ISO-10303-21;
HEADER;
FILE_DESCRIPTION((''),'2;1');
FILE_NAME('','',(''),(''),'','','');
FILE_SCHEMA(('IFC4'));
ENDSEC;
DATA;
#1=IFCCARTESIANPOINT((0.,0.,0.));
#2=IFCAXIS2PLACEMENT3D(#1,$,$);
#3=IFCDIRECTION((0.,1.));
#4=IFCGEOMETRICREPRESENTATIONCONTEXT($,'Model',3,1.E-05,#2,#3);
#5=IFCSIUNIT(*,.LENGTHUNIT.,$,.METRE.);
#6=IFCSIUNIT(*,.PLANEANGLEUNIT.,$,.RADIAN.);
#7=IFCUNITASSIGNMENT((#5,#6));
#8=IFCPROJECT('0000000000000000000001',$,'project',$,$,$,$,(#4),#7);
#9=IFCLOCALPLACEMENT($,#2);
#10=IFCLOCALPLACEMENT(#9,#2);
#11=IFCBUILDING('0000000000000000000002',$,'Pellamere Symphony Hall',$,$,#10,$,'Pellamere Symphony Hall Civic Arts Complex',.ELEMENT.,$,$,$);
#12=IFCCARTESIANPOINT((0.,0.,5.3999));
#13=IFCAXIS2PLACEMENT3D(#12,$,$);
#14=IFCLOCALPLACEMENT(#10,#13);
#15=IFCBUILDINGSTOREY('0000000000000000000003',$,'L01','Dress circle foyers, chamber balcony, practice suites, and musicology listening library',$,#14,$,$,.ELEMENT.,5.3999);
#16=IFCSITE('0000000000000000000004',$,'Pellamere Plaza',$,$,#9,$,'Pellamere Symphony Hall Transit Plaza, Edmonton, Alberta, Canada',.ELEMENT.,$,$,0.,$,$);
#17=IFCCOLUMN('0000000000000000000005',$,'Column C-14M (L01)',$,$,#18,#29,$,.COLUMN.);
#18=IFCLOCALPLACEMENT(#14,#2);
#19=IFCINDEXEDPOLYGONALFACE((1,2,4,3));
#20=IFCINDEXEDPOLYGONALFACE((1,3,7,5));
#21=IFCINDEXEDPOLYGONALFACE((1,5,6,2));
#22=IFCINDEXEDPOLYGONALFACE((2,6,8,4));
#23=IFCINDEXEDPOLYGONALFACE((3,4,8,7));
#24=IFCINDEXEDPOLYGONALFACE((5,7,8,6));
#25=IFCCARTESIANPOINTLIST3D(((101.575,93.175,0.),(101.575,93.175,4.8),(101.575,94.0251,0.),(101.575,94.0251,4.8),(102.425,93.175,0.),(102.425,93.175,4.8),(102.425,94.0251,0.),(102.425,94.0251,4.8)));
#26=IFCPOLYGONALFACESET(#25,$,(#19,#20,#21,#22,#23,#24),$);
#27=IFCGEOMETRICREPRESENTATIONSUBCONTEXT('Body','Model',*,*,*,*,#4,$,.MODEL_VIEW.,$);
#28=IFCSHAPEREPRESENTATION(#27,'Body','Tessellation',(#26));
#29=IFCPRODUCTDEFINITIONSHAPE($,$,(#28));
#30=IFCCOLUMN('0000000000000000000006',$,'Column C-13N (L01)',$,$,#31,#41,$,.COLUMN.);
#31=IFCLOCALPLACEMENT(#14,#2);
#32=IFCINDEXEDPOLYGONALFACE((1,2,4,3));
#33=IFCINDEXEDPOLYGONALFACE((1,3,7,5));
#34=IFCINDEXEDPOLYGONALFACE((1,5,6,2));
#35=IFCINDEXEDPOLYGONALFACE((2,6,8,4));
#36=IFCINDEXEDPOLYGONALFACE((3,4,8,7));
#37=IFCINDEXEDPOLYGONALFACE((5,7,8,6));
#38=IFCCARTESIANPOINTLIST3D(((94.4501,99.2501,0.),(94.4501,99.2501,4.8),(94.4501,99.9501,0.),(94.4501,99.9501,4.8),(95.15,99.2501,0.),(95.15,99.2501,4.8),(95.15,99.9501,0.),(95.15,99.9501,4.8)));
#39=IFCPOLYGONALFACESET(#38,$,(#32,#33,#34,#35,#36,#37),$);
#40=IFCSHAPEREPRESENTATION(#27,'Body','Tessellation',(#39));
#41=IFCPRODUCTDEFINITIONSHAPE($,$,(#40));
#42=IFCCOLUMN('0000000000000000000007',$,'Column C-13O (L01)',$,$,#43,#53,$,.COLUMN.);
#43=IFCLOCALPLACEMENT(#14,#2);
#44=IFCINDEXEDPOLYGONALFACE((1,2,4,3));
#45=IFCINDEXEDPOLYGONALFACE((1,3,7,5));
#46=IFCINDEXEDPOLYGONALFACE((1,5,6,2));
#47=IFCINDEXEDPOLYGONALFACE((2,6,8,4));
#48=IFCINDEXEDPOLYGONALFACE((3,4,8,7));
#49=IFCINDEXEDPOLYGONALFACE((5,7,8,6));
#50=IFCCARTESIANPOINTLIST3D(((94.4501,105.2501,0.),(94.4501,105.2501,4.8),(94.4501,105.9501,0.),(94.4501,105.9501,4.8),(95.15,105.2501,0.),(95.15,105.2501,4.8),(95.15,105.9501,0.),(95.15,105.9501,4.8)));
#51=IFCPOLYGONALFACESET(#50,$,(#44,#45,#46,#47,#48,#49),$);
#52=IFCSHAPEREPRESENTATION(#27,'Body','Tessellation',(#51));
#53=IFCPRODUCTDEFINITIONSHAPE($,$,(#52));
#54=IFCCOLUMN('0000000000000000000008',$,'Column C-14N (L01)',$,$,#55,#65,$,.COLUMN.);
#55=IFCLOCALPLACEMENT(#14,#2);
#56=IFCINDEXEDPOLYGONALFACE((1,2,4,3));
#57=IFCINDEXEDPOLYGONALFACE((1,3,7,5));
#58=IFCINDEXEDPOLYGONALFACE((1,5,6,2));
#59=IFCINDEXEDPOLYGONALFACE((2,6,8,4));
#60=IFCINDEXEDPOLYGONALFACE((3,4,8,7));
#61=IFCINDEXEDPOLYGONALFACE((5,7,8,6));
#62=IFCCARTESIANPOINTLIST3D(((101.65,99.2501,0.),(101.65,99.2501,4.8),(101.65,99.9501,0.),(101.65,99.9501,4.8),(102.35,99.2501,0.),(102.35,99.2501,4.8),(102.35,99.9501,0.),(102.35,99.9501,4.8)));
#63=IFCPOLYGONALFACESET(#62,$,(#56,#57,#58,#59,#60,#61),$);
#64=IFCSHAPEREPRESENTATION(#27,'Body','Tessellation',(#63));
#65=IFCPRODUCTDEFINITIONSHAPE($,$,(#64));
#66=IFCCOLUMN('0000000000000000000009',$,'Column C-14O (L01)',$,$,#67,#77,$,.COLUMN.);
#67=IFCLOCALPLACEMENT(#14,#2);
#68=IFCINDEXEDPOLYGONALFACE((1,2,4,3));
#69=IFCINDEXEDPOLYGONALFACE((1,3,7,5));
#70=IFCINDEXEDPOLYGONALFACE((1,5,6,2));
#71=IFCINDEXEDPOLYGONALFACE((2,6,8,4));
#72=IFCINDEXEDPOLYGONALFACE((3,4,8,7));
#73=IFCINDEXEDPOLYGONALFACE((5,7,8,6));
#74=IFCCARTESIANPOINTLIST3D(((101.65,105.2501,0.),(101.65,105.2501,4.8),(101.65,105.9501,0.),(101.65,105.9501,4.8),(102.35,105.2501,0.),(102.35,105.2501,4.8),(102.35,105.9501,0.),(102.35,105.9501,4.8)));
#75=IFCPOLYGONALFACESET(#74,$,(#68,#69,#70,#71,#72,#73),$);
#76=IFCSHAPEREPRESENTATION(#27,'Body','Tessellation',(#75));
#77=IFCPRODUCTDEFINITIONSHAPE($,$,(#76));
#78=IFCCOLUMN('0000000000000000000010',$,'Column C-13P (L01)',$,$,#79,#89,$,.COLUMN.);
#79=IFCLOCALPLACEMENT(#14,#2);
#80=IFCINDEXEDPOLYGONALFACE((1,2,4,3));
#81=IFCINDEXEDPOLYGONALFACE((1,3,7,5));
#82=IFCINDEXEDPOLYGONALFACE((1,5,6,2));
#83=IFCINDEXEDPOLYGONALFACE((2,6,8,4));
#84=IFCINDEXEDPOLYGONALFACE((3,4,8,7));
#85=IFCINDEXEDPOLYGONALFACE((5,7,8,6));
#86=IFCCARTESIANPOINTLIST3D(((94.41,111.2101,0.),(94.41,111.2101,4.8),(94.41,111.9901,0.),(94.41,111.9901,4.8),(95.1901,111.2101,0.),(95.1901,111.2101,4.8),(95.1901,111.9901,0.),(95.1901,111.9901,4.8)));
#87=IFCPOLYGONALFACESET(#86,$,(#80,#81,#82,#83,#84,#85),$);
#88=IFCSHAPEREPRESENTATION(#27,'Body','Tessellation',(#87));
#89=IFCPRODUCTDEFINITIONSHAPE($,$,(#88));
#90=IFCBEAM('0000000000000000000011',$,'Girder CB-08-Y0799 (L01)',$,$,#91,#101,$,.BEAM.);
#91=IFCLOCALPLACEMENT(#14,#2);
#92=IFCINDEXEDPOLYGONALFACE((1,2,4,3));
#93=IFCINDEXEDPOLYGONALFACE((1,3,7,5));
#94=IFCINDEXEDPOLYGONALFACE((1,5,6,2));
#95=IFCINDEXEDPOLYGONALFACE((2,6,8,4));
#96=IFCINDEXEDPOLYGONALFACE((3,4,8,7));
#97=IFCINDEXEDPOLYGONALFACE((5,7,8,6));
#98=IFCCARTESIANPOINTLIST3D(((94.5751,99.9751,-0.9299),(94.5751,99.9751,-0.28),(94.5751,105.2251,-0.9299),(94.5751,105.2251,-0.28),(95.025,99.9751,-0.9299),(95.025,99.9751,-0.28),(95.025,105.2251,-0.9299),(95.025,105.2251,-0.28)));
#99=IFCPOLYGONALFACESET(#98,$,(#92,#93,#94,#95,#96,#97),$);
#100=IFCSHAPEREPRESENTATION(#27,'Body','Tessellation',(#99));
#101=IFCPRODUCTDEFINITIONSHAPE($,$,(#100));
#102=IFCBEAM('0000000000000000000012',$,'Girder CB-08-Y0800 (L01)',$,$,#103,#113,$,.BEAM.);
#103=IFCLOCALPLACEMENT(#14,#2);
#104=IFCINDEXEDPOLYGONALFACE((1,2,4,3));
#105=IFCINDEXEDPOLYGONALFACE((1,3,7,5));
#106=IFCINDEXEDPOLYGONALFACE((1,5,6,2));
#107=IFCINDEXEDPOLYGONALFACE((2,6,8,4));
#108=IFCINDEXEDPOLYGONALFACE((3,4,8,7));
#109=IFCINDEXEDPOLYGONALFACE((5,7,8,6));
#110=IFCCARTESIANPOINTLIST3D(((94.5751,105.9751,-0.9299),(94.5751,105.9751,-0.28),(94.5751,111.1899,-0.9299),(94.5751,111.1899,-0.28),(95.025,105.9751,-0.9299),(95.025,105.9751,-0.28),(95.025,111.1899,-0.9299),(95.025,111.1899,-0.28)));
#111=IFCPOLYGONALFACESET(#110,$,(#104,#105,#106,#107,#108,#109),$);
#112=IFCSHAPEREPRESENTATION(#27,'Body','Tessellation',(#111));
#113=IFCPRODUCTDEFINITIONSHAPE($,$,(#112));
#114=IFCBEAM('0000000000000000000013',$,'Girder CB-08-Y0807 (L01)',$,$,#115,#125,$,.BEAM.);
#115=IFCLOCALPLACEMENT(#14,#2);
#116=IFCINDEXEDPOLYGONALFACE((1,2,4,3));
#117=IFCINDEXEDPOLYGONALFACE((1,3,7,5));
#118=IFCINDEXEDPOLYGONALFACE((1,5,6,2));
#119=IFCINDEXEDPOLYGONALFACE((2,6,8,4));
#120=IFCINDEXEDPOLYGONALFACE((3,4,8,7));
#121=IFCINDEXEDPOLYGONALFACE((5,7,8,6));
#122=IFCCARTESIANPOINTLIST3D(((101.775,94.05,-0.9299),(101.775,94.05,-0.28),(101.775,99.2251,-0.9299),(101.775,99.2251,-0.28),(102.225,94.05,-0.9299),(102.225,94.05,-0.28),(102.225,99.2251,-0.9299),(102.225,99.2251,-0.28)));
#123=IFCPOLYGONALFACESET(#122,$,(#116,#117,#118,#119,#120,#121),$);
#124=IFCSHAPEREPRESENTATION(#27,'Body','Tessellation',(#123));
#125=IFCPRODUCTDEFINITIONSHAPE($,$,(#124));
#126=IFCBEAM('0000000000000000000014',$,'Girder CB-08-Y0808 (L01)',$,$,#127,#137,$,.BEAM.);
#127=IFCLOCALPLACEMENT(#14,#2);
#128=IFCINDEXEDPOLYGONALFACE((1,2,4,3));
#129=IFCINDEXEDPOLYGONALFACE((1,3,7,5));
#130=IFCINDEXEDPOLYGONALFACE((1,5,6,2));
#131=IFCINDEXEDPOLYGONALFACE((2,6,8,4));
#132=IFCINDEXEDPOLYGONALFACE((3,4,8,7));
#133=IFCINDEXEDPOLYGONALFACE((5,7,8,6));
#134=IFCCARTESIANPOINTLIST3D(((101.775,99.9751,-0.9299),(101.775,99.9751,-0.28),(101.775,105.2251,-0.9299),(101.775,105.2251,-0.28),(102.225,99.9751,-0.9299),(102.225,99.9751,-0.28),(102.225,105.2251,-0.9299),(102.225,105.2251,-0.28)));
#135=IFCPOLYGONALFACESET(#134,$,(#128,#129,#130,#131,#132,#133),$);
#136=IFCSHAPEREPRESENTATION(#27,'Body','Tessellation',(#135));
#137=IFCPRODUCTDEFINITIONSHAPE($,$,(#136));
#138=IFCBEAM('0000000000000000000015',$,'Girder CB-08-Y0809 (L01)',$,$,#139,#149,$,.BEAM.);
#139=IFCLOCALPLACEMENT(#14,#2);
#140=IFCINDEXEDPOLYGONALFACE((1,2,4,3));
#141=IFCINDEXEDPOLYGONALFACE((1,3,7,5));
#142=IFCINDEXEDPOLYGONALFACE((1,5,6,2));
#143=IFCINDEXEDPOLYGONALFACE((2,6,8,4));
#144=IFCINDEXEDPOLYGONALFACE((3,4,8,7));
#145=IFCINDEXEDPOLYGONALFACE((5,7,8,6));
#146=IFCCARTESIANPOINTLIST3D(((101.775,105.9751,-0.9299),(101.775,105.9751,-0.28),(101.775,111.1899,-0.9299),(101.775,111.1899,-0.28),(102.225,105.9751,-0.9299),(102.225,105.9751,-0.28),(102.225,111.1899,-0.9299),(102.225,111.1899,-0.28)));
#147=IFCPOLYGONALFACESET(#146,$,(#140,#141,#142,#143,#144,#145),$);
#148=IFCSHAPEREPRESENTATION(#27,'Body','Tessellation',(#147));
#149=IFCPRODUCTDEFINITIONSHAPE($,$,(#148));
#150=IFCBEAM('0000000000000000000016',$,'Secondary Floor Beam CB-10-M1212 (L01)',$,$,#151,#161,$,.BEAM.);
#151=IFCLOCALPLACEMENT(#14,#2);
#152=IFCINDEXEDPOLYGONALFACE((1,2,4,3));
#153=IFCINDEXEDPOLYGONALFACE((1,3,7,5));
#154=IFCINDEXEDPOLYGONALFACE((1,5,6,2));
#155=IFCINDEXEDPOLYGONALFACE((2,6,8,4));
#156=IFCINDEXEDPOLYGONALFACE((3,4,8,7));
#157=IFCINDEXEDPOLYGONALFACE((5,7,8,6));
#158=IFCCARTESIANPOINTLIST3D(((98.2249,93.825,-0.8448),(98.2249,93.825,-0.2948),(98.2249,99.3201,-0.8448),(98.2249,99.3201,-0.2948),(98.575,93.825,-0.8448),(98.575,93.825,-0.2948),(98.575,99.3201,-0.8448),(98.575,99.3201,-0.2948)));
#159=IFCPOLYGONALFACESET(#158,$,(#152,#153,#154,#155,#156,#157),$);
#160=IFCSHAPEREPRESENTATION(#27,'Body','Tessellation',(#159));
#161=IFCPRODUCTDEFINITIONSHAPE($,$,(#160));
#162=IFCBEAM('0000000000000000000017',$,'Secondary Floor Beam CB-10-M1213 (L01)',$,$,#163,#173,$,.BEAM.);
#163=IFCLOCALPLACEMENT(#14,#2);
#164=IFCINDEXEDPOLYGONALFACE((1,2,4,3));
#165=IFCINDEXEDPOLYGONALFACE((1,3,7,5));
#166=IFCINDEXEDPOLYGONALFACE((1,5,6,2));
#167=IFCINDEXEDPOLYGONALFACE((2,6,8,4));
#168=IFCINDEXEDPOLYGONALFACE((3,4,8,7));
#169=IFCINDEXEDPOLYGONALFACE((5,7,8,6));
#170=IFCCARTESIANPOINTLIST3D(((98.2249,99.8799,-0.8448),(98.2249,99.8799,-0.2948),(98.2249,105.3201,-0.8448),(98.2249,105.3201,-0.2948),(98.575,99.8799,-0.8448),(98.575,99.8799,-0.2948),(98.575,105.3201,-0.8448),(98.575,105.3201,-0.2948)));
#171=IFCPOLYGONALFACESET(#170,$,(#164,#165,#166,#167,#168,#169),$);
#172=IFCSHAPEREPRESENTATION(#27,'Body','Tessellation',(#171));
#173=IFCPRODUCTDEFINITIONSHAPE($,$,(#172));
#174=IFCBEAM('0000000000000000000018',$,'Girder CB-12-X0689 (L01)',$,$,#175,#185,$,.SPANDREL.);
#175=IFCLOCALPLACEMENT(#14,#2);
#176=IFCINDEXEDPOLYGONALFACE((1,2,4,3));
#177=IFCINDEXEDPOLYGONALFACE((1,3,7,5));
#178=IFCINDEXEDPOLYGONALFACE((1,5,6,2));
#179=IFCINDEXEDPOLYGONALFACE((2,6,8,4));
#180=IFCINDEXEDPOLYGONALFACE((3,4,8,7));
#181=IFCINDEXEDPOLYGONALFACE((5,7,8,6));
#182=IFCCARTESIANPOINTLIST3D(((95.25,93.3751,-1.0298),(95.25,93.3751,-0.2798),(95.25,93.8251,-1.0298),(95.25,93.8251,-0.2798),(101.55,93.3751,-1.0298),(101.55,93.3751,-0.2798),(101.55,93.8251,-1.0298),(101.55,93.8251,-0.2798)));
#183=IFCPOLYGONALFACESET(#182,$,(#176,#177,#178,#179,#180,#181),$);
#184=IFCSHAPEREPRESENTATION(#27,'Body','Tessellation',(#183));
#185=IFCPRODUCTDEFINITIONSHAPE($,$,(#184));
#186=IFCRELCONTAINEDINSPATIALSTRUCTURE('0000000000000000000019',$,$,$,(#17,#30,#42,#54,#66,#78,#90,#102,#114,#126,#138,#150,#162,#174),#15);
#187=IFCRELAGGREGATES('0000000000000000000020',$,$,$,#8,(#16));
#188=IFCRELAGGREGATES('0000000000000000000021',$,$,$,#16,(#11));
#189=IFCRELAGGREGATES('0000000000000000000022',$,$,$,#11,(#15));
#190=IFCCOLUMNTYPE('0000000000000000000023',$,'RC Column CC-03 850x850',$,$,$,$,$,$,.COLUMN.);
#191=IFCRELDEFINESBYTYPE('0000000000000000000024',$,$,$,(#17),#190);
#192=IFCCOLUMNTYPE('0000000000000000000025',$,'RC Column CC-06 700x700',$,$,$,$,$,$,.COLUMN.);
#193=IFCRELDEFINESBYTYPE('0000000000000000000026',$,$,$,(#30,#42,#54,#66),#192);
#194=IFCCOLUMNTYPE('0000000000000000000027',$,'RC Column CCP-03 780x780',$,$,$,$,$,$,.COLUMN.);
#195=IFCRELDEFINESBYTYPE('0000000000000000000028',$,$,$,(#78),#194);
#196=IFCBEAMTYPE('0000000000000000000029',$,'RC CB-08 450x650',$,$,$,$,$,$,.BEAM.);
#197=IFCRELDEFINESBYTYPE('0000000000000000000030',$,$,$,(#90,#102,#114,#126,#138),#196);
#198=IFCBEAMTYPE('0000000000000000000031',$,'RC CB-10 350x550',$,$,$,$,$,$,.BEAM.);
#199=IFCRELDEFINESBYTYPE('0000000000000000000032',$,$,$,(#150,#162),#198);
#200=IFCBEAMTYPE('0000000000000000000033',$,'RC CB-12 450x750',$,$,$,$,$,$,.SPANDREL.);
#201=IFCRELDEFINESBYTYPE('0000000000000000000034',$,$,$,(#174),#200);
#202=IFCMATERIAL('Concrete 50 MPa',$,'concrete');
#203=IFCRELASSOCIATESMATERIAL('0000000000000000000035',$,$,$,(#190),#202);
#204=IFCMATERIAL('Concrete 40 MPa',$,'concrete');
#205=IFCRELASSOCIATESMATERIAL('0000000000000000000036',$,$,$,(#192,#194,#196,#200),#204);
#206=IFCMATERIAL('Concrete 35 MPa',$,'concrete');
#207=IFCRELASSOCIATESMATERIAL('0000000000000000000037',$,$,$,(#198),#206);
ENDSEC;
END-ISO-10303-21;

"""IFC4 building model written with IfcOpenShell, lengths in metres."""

from ifc_helpers import new_model, si_unit, direction, frame, origin, origin_2d, place, context, subcontext, project, spatial, rectangle, extrude, material, material_profile, profile_set, type_object, element, save


model = new_model("IFC4")

# Units and contexts
model_context = context("Model", 3, precision=1e-05, world=origin(), true_north=direction((0.0, 1.0)))
body_context = subcontext(model_context, "Body", "Model", "MODEL_VIEW")
ifc_project = project(units=[si_unit("LENGTHUNIT", "METRE"), si_unit("PLANEANGLEUNIT", "RADIAN")], contexts=[model_context])

# Site, building, storey
site_placement = place(None, origin())
site = spatial("IfcSite", under=ifc_project, at=site_placement, Name="Pellamere Plaza", LongName="Pellamere Symphony Hall Transit Plaza, Edmonton, Alberta, Canada", CompositionType="ELEMENT", RefElevation=0.0)
building_placement = place(site_placement, origin())
building = spatial("IfcBuilding", under=site, at=building_placement, Name="Pellamere Symphony Hall", LongName="Pellamere Symphony Hall Civic Arts Complex", CompositionType="ELEMENT")
storey_placement = place(building_placement, frame((0.0, 0.0, 5.3999)))
storey = spatial("IfcBuildingStorey", under=building, at=storey_placement, Name="L01", Description="Dress circle foyers, chamber balcony, practice suites, and musicology listening library", CompositionType="ELEMENT", Elevation=5.3999)

# Columns
ifc_material_1 = material(Name="Concrete 50 MPa", Category="concrete")
ifc_material_profile_1 = material_profile(ifc_material_1, rectangle(XDim=0.8501, YDim=0.8501, at=origin_2d()), Name="RC 850x850")
ifc_profile_set_1 = profile_set([ifc_material_profile_1], Name="Concrete 50 MPa")
column_type_1 = type_object("IfcColumnType", Name="RC Column CC-03 850x850", PredefinedType="COLUMN", material=ifc_profile_set_1)
column_1_placement = place(storey_placement, frame((102.0, 93.6001, 0.0), z_axis=(0.0, 0.0, 1.0), x_axis=(1.0, 0.0, 0.0)))
element("IfcColumn", 1, at=column_1_placement, inside=storey, type_object=column_type_1, Name="Column C-14M (L01)", PredefinedType="COLUMN", context=body_context, shape_type="SweptSolid", body=[
    extrude(rectangle(XDim=0.8501, YDim=0.8501, at=origin_2d()), origin(), (0.0, 0.0, 1.0), 4.8),
])
ifc_material_2 = material(Name="Concrete 40 MPa", Category="concrete")
ifc_material_profile_2 = material_profile(ifc_material_2, rectangle(XDim=0.7, YDim=0.7, at=origin_2d()), Name="RC 700x700")
ifc_profile_set_2 = profile_set([ifc_material_profile_2], Name="Concrete 40 MPa")
column_type_2 = type_object("IfcColumnType", Name="RC Column CC-06 700x700", PredefinedType="COLUMN", material=ifc_profile_set_2)
for number, where, z_axis, x_axis, name in (
    (2, (94.8, 99.6001, 0.0), (0.0, 0.0, 1.0), (1.0, 0.0, 0.0), "Column C-13N (L01)"),
    (3, (94.8, 105.6001, 0.0), (0.0, 0.0, 1.0), (1.0, 0.0, 0.0), "Column C-13O (L01)"),
    (4, (102.0, 99.6001, 0.0), (0.0, 0.0, 1.0), (1.0, 0.0, 0.0), "Column C-14N (L01)"),
    (5, (102.0, 105.6001, 0.0), (0.0, 0.0, 1.0), (1.0, 0.0, 0.0), "Column C-14O (L01)"),
):
    element("IfcColumn", number, at=place(storey_placement, frame(where, z_axis=z_axis, x_axis=x_axis)), inside=storey, type_object=column_type_2, Name=name, PredefinedType="COLUMN", context=body_context, shape_type="SweptSolid", body=[
        extrude(rectangle(XDim=0.7, YDim=0.7, at=origin_2d()), origin(), (0.0, 0.0, 1.0), 4.8),
    ])
ifc_material_profile_3 = material_profile(ifc_material_2, rectangle(XDim=0.78, YDim=0.78, at=origin_2d()), Name="RC 780x780")
ifc_profile_set_3 = profile_set([ifc_material_profile_3], Name="Concrete 40 MPa")
column_type_3 = type_object("IfcColumnType", Name="RC Column CCP-03 780x780", PredefinedType="COLUMN", material=ifc_profile_set_3)
column_2_placement = place(storey_placement, frame((94.8, 111.6001, 0.0), z_axis=(0.0, 0.0, 1.0), x_axis=(1.0, 0.0, 0.0)))
element("IfcColumn", 6, at=column_2_placement, inside=storey, type_object=column_type_3, Name="Column C-13P (L01)", PredefinedType="COLUMN", context=body_context, shape_type="SweptSolid", body=[
    extrude(rectangle(XDim=0.78, YDim=0.78, at=origin_2d()), origin(), (0.0, 0.0, 1.0), 4.8),
])

# Beams
ifc_material_profile_4 = material_profile(ifc_material_2, rectangle(XDim=0.45, YDim=0.6499, at=origin_2d()), Name="RC 450x650")
ifc_profile_set_4 = profile_set([ifc_material_profile_4], Name="Concrete 40 MPa")
beam_type_1 = type_object("IfcBeamType", Name="RC CB-08 450x650", PredefinedType="BEAM", material=ifc_profile_set_4)
beam_1_placement = place(storey_placement, frame((94.8, 99.9751, -0.605), z_axis=(0.0, 1.0, 0.0), x_axis=(-1.0, 0.0, 0.0)))
element("IfcBeam", 7, at=beam_1_placement, inside=storey, type_object=beam_type_1, Name="Girder CB-08-Y0799 (L01)", PredefinedType="BEAM", context=body_context, shape_type="SweptSolid", body=[
    extrude(rectangle(XDim=0.45, YDim=0.6499, at=origin_2d()), origin(), (0.0, 0.0, 1.0), 5.25),
])
beam_2_placement = place(storey_placement, frame((94.8, 105.9751, -0.605), z_axis=(0.0, 1.0, 0.0), x_axis=(-1.0, 0.0, 0.0)))
element("IfcBeam", 8, at=beam_2_placement, inside=storey, type_object=beam_type_1, Name="Girder CB-08-Y0800 (L01)", PredefinedType="BEAM", context=body_context, shape_type="SweptSolid", body=[
    extrude(rectangle(XDim=0.45, YDim=0.6499, at=origin_2d()), origin(), (0.0, 0.0, 1.0), 5.2148),
])
beam_3_placement = place(storey_placement, frame((102.0, 94.05, -0.605), z_axis=(0.0, 1.0, 0.0), x_axis=(-1.0, 0.0, 0.0)))
element("IfcBeam", 9, at=beam_3_placement, inside=storey, type_object=beam_type_1, Name="Girder CB-08-Y0807 (L01)", PredefinedType="BEAM", context=body_context, shape_type="SweptSolid", body=[
    extrude(rectangle(XDim=0.45, YDim=0.6499, at=origin_2d()), origin(), (0.0, 0.0, 1.0), 5.175),
])
beam_4_placement = place(storey_placement, frame((102.0, 99.9751, -0.605), z_axis=(0.0, 1.0, 0.0), x_axis=(-1.0, 0.0, 0.0)))
element("IfcBeam", 10, at=beam_4_placement, inside=storey, type_object=beam_type_1, Name="Girder CB-08-Y0808 (L01)", PredefinedType="BEAM", context=body_context, shape_type="SweptSolid", body=[
    extrude(rectangle(XDim=0.45, YDim=0.6499, at=origin_2d()), origin(), (0.0, 0.0, 1.0), 5.25),
])
beam_5_placement = place(storey_placement, frame((102.0, 105.9751, -0.605), z_axis=(0.0, 1.0, 0.0), x_axis=(-1.0, 0.0, 0.0)))
element("IfcBeam", 11, at=beam_5_placement, inside=storey, type_object=beam_type_1, Name="Girder CB-08-Y0809 (L01)", PredefinedType="BEAM", context=body_context, shape_type="SweptSolid", body=[
    extrude(rectangle(XDim=0.45, YDim=0.6499, at=origin_2d()), origin(), (0.0, 0.0, 1.0), 5.2148),
])
ifc_material_3 = material(Name="Concrete 35 MPa", Category="concrete")
ifc_material_profile_5 = material_profile(ifc_material_3, rectangle(XDim=0.3501, YDim=0.55, at=origin_2d()), Name="RC 350x550")
ifc_profile_set_5 = profile_set([ifc_material_profile_5], Name="Concrete 35 MPa")
beam_type_2 = type_object("IfcBeamType", Name="RC CB-10 350x550", PredefinedType="BEAM", material=ifc_profile_set_5)
beam_6_placement = place(storey_placement, frame((98.3999, 93.825, -0.5698), z_axis=(0.0, 1.0, 0.0), x_axis=(-1.0, 0.0, 0.0)))
element("IfcBeam", 12, at=beam_6_placement, inside=storey, type_object=beam_type_2, Name="Secondary Floor Beam CB-10-M1212 (L01)", PredefinedType="BEAM", context=body_context, shape_type="SweptSolid", body=[
    extrude(rectangle(XDim=0.3501, YDim=0.55, at=origin_2d()), origin(), (0.0, 0.0, 1.0), 5.4951),
])
beam_7_placement = place(storey_placement, frame((98.3999, 99.8799, -0.5698), z_axis=(0.0, 1.0, 0.0), x_axis=(-1.0, 0.0, 0.0)))
element("IfcBeam", 13, at=beam_7_placement, inside=storey, type_object=beam_type_2, Name="Secondary Floor Beam CB-10-M1213 (L01)", PredefinedType="BEAM", context=body_context, shape_type="SweptSolid", body=[
    extrude(rectangle(XDim=0.3501, YDim=0.55, at=origin_2d()), origin(), (0.0, 0.0, 1.0), 5.4402),
])
ifc_material_profile_6 = material_profile(ifc_material_2, rectangle(XDim=0.45, YDim=0.75, at=origin_2d()), Name="RC 450x750")
ifc_profile_set_6 = profile_set([ifc_material_profile_6], Name="Concrete 40 MPa")
beam_type_3 = type_object("IfcBeamType", Name="RC CB-12 450x750", PredefinedType="SPANDREL", material=ifc_profile_set_6)
beam_8_placement = place(storey_placement, frame((95.25, 93.6001, -0.6548), z_axis=(1.0, 0.0, 0.0), x_axis=(0.0, 1.0, 0.0)))
element("IfcBeam", 14, at=beam_8_placement, inside=storey, type_object=beam_type_3, Name="Girder CB-12-X0689 (L01)", PredefinedType="SPANDREL", context=body_context, shape_type="SweptSolid", body=[
    extrude(rectangle(XDim=0.45, YDim=0.75, at=origin_2d()), origin(), (0.0, 0.0, 1.0), 6.3),
])

save(model, "model.ifc")
